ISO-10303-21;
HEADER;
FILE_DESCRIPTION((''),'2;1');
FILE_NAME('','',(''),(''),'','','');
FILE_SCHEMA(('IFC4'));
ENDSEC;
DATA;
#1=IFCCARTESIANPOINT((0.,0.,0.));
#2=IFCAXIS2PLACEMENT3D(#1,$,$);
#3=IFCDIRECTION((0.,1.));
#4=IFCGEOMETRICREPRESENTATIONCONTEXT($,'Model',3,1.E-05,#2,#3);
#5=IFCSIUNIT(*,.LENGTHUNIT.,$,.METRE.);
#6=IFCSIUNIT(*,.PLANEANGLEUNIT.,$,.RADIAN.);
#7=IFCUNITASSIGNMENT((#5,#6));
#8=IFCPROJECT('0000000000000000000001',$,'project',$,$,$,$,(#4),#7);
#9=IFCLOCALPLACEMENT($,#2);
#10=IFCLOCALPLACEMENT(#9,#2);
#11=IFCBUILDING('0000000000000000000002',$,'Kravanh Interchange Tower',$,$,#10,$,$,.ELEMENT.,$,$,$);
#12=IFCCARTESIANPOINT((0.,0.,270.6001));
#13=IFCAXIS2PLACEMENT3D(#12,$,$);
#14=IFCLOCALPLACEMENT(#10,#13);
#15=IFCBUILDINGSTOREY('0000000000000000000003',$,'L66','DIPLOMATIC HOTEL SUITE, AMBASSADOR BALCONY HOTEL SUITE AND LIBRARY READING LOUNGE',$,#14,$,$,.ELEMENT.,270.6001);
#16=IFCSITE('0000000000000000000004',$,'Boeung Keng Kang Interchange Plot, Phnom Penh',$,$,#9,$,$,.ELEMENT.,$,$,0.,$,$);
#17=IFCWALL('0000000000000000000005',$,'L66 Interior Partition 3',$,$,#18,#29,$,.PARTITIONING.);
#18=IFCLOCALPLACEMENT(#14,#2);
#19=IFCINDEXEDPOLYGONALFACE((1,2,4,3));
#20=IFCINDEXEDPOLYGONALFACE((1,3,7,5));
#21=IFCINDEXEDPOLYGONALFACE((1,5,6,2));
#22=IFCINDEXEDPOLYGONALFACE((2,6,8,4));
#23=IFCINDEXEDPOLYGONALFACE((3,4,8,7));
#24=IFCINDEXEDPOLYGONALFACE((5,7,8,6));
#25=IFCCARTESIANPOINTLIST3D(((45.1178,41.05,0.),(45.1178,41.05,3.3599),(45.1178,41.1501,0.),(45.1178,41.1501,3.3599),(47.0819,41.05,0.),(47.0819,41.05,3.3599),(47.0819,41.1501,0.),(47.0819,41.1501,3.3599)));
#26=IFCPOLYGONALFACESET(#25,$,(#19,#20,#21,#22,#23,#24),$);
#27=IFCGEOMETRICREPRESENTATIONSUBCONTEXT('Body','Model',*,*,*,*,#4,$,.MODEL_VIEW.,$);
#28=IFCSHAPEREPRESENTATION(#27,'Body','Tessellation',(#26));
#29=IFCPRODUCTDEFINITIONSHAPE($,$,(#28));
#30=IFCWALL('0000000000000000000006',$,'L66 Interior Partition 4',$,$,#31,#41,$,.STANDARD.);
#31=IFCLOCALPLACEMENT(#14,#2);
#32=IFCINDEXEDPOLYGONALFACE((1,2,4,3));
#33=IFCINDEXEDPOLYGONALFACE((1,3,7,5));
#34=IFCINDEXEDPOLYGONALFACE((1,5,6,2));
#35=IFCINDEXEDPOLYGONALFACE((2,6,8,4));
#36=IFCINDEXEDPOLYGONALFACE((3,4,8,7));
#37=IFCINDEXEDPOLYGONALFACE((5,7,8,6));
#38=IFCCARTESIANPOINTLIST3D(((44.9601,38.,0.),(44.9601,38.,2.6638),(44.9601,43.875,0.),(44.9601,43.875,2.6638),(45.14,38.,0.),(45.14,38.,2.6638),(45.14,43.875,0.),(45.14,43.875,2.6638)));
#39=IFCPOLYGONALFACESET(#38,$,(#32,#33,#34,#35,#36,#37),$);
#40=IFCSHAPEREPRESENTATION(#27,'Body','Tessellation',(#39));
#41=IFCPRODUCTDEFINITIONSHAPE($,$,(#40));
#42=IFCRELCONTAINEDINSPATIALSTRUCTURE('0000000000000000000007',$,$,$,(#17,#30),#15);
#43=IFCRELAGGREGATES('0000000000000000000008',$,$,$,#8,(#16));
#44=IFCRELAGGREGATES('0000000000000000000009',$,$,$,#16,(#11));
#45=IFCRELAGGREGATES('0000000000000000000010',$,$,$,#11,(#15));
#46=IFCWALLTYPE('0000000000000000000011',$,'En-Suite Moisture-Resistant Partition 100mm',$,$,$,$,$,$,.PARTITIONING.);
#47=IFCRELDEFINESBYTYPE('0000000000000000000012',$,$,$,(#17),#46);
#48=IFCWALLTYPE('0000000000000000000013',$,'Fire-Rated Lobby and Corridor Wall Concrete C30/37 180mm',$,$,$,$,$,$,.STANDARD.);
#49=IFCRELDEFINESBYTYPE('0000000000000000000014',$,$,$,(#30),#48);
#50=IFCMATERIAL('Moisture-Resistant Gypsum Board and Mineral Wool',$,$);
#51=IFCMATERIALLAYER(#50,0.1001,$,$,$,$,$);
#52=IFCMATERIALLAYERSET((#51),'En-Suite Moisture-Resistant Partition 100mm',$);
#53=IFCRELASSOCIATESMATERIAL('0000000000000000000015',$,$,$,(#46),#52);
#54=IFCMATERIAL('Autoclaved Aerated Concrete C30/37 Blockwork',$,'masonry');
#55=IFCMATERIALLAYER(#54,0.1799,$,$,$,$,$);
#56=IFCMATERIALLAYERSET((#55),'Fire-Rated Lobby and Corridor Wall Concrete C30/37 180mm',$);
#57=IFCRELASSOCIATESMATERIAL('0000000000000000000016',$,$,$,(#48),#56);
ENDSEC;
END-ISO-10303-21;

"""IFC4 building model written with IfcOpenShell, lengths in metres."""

from ifc_helpers import new_model, si_unit, direction, frame, frame_2d, origin, place, context, subcontext, project, spatial, rectangle, extrude, material, layer, layer_set, type_object, element, save


model = new_model("IFC4")

# Units and contexts
model_context = context("Model", 3, precision=1e-05, world=origin(), true_north=direction((0.0, 1.0)))
body_context = subcontext(model_context, "Body", "Model", "MODEL_VIEW")
ifc_project = project(units=[si_unit("LENGTHUNIT", "METRE"), si_unit("PLANEANGLEUNIT", "RADIAN")], contexts=[model_context])

# Site, building, storey
site_placement = place(None, origin())
site = spatial("IfcSite", under=ifc_project, at=site_placement, Name="Boeung Keng Kang Interchange Plot, Phnom Penh", CompositionType="ELEMENT", RefElevation=0.0)
building_placement = place(site_placement, origin())
building = spatial("IfcBuilding", under=site, at=building_placement, Name="Kravanh Interchange Tower", CompositionType="ELEMENT")
storey_placement = place(building_placement, frame((0.0, 0.0, 270.6001)))
storey = spatial("IfcBuildingStorey", under=building, at=storey_placement, Name="L66", Description="DIPLOMATIC HOTEL SUITE, AMBASSADOR BALCONY HOTEL SUITE AND LIBRARY READING LOUNGE", CompositionType="ELEMENT", Elevation=270.6001)

# Walls
ifc_material_1 = material(Name="Moisture-Resistant Gypsum Board and Mineral Wool")
ifc_layer_1 = layer(ifc_material_1, 0.1001)
ifc_layer_set_1 = layer_set([ifc_layer_1], Name="En-Suite Moisture-Resistant Partition 100mm")
wall_type_1 = type_object("IfcWallType", Name="En-Suite Moisture-Resistant Partition 100mm", PredefinedType="PARTITIONING", material=ifc_layer_set_1)
wall_1_placement = place(storey_placement, frame((45.1179, 41.1001, 0.0), z_axis=(0.0, 0.0, 1.0), x_axis=(1.0, 0.0, 0.0)))
element("IfcWall", 1, at=wall_1_placement, inside=storey, type_object=wall_type_1, Name="L66 Interior Partition 3", PredefinedType="PARTITIONING", context=body_context, shape_type="SweptSolid", body=[
    extrude(rectangle(XDim=1.9641, YDim=0.1001, at=frame_2d((0.9819, 0.0))), origin(), (0.0, 0.0, 1.0), 3.3599),
])
ifc_material_2 = material(Name="Autoclaved Aerated Concrete C30/37 Blockwork", Category="masonry")
ifc_layer_2 = layer(ifc_material_2, 0.1799)
ifc_layer_set_2 = layer_set([ifc_layer_2], Name="Fire-Rated Lobby and Corridor Wall Concrete C30/37 180mm")
wall_type_2 = type_object("IfcWallType", Name="Fire-Rated Lobby and Corridor Wall Concrete C30/37 180mm", PredefinedType="STANDARD", material=ifc_layer_set_2)
wall_2_placement = place(storey_placement, frame((45.05, 38.0, 0.0), z_axis=(0.0, 0.0, 1.0), x_axis=(0.0, 1.0, 0.0)))
element("IfcWall", 2, at=wall_2_placement, inside=storey, type_object=wall_type_2, Name="L66 Interior Partition 4", PredefinedType="STANDARD", context=body_context, shape_type="SweptSolid", body=[
    extrude(rectangle(XDim=5.875, YDim=0.1799, at=frame_2d((2.9375, 0.0))), origin(), (0.0, 0.0, 1.0), 2.6638),
])

save(model, "model.ifc")
